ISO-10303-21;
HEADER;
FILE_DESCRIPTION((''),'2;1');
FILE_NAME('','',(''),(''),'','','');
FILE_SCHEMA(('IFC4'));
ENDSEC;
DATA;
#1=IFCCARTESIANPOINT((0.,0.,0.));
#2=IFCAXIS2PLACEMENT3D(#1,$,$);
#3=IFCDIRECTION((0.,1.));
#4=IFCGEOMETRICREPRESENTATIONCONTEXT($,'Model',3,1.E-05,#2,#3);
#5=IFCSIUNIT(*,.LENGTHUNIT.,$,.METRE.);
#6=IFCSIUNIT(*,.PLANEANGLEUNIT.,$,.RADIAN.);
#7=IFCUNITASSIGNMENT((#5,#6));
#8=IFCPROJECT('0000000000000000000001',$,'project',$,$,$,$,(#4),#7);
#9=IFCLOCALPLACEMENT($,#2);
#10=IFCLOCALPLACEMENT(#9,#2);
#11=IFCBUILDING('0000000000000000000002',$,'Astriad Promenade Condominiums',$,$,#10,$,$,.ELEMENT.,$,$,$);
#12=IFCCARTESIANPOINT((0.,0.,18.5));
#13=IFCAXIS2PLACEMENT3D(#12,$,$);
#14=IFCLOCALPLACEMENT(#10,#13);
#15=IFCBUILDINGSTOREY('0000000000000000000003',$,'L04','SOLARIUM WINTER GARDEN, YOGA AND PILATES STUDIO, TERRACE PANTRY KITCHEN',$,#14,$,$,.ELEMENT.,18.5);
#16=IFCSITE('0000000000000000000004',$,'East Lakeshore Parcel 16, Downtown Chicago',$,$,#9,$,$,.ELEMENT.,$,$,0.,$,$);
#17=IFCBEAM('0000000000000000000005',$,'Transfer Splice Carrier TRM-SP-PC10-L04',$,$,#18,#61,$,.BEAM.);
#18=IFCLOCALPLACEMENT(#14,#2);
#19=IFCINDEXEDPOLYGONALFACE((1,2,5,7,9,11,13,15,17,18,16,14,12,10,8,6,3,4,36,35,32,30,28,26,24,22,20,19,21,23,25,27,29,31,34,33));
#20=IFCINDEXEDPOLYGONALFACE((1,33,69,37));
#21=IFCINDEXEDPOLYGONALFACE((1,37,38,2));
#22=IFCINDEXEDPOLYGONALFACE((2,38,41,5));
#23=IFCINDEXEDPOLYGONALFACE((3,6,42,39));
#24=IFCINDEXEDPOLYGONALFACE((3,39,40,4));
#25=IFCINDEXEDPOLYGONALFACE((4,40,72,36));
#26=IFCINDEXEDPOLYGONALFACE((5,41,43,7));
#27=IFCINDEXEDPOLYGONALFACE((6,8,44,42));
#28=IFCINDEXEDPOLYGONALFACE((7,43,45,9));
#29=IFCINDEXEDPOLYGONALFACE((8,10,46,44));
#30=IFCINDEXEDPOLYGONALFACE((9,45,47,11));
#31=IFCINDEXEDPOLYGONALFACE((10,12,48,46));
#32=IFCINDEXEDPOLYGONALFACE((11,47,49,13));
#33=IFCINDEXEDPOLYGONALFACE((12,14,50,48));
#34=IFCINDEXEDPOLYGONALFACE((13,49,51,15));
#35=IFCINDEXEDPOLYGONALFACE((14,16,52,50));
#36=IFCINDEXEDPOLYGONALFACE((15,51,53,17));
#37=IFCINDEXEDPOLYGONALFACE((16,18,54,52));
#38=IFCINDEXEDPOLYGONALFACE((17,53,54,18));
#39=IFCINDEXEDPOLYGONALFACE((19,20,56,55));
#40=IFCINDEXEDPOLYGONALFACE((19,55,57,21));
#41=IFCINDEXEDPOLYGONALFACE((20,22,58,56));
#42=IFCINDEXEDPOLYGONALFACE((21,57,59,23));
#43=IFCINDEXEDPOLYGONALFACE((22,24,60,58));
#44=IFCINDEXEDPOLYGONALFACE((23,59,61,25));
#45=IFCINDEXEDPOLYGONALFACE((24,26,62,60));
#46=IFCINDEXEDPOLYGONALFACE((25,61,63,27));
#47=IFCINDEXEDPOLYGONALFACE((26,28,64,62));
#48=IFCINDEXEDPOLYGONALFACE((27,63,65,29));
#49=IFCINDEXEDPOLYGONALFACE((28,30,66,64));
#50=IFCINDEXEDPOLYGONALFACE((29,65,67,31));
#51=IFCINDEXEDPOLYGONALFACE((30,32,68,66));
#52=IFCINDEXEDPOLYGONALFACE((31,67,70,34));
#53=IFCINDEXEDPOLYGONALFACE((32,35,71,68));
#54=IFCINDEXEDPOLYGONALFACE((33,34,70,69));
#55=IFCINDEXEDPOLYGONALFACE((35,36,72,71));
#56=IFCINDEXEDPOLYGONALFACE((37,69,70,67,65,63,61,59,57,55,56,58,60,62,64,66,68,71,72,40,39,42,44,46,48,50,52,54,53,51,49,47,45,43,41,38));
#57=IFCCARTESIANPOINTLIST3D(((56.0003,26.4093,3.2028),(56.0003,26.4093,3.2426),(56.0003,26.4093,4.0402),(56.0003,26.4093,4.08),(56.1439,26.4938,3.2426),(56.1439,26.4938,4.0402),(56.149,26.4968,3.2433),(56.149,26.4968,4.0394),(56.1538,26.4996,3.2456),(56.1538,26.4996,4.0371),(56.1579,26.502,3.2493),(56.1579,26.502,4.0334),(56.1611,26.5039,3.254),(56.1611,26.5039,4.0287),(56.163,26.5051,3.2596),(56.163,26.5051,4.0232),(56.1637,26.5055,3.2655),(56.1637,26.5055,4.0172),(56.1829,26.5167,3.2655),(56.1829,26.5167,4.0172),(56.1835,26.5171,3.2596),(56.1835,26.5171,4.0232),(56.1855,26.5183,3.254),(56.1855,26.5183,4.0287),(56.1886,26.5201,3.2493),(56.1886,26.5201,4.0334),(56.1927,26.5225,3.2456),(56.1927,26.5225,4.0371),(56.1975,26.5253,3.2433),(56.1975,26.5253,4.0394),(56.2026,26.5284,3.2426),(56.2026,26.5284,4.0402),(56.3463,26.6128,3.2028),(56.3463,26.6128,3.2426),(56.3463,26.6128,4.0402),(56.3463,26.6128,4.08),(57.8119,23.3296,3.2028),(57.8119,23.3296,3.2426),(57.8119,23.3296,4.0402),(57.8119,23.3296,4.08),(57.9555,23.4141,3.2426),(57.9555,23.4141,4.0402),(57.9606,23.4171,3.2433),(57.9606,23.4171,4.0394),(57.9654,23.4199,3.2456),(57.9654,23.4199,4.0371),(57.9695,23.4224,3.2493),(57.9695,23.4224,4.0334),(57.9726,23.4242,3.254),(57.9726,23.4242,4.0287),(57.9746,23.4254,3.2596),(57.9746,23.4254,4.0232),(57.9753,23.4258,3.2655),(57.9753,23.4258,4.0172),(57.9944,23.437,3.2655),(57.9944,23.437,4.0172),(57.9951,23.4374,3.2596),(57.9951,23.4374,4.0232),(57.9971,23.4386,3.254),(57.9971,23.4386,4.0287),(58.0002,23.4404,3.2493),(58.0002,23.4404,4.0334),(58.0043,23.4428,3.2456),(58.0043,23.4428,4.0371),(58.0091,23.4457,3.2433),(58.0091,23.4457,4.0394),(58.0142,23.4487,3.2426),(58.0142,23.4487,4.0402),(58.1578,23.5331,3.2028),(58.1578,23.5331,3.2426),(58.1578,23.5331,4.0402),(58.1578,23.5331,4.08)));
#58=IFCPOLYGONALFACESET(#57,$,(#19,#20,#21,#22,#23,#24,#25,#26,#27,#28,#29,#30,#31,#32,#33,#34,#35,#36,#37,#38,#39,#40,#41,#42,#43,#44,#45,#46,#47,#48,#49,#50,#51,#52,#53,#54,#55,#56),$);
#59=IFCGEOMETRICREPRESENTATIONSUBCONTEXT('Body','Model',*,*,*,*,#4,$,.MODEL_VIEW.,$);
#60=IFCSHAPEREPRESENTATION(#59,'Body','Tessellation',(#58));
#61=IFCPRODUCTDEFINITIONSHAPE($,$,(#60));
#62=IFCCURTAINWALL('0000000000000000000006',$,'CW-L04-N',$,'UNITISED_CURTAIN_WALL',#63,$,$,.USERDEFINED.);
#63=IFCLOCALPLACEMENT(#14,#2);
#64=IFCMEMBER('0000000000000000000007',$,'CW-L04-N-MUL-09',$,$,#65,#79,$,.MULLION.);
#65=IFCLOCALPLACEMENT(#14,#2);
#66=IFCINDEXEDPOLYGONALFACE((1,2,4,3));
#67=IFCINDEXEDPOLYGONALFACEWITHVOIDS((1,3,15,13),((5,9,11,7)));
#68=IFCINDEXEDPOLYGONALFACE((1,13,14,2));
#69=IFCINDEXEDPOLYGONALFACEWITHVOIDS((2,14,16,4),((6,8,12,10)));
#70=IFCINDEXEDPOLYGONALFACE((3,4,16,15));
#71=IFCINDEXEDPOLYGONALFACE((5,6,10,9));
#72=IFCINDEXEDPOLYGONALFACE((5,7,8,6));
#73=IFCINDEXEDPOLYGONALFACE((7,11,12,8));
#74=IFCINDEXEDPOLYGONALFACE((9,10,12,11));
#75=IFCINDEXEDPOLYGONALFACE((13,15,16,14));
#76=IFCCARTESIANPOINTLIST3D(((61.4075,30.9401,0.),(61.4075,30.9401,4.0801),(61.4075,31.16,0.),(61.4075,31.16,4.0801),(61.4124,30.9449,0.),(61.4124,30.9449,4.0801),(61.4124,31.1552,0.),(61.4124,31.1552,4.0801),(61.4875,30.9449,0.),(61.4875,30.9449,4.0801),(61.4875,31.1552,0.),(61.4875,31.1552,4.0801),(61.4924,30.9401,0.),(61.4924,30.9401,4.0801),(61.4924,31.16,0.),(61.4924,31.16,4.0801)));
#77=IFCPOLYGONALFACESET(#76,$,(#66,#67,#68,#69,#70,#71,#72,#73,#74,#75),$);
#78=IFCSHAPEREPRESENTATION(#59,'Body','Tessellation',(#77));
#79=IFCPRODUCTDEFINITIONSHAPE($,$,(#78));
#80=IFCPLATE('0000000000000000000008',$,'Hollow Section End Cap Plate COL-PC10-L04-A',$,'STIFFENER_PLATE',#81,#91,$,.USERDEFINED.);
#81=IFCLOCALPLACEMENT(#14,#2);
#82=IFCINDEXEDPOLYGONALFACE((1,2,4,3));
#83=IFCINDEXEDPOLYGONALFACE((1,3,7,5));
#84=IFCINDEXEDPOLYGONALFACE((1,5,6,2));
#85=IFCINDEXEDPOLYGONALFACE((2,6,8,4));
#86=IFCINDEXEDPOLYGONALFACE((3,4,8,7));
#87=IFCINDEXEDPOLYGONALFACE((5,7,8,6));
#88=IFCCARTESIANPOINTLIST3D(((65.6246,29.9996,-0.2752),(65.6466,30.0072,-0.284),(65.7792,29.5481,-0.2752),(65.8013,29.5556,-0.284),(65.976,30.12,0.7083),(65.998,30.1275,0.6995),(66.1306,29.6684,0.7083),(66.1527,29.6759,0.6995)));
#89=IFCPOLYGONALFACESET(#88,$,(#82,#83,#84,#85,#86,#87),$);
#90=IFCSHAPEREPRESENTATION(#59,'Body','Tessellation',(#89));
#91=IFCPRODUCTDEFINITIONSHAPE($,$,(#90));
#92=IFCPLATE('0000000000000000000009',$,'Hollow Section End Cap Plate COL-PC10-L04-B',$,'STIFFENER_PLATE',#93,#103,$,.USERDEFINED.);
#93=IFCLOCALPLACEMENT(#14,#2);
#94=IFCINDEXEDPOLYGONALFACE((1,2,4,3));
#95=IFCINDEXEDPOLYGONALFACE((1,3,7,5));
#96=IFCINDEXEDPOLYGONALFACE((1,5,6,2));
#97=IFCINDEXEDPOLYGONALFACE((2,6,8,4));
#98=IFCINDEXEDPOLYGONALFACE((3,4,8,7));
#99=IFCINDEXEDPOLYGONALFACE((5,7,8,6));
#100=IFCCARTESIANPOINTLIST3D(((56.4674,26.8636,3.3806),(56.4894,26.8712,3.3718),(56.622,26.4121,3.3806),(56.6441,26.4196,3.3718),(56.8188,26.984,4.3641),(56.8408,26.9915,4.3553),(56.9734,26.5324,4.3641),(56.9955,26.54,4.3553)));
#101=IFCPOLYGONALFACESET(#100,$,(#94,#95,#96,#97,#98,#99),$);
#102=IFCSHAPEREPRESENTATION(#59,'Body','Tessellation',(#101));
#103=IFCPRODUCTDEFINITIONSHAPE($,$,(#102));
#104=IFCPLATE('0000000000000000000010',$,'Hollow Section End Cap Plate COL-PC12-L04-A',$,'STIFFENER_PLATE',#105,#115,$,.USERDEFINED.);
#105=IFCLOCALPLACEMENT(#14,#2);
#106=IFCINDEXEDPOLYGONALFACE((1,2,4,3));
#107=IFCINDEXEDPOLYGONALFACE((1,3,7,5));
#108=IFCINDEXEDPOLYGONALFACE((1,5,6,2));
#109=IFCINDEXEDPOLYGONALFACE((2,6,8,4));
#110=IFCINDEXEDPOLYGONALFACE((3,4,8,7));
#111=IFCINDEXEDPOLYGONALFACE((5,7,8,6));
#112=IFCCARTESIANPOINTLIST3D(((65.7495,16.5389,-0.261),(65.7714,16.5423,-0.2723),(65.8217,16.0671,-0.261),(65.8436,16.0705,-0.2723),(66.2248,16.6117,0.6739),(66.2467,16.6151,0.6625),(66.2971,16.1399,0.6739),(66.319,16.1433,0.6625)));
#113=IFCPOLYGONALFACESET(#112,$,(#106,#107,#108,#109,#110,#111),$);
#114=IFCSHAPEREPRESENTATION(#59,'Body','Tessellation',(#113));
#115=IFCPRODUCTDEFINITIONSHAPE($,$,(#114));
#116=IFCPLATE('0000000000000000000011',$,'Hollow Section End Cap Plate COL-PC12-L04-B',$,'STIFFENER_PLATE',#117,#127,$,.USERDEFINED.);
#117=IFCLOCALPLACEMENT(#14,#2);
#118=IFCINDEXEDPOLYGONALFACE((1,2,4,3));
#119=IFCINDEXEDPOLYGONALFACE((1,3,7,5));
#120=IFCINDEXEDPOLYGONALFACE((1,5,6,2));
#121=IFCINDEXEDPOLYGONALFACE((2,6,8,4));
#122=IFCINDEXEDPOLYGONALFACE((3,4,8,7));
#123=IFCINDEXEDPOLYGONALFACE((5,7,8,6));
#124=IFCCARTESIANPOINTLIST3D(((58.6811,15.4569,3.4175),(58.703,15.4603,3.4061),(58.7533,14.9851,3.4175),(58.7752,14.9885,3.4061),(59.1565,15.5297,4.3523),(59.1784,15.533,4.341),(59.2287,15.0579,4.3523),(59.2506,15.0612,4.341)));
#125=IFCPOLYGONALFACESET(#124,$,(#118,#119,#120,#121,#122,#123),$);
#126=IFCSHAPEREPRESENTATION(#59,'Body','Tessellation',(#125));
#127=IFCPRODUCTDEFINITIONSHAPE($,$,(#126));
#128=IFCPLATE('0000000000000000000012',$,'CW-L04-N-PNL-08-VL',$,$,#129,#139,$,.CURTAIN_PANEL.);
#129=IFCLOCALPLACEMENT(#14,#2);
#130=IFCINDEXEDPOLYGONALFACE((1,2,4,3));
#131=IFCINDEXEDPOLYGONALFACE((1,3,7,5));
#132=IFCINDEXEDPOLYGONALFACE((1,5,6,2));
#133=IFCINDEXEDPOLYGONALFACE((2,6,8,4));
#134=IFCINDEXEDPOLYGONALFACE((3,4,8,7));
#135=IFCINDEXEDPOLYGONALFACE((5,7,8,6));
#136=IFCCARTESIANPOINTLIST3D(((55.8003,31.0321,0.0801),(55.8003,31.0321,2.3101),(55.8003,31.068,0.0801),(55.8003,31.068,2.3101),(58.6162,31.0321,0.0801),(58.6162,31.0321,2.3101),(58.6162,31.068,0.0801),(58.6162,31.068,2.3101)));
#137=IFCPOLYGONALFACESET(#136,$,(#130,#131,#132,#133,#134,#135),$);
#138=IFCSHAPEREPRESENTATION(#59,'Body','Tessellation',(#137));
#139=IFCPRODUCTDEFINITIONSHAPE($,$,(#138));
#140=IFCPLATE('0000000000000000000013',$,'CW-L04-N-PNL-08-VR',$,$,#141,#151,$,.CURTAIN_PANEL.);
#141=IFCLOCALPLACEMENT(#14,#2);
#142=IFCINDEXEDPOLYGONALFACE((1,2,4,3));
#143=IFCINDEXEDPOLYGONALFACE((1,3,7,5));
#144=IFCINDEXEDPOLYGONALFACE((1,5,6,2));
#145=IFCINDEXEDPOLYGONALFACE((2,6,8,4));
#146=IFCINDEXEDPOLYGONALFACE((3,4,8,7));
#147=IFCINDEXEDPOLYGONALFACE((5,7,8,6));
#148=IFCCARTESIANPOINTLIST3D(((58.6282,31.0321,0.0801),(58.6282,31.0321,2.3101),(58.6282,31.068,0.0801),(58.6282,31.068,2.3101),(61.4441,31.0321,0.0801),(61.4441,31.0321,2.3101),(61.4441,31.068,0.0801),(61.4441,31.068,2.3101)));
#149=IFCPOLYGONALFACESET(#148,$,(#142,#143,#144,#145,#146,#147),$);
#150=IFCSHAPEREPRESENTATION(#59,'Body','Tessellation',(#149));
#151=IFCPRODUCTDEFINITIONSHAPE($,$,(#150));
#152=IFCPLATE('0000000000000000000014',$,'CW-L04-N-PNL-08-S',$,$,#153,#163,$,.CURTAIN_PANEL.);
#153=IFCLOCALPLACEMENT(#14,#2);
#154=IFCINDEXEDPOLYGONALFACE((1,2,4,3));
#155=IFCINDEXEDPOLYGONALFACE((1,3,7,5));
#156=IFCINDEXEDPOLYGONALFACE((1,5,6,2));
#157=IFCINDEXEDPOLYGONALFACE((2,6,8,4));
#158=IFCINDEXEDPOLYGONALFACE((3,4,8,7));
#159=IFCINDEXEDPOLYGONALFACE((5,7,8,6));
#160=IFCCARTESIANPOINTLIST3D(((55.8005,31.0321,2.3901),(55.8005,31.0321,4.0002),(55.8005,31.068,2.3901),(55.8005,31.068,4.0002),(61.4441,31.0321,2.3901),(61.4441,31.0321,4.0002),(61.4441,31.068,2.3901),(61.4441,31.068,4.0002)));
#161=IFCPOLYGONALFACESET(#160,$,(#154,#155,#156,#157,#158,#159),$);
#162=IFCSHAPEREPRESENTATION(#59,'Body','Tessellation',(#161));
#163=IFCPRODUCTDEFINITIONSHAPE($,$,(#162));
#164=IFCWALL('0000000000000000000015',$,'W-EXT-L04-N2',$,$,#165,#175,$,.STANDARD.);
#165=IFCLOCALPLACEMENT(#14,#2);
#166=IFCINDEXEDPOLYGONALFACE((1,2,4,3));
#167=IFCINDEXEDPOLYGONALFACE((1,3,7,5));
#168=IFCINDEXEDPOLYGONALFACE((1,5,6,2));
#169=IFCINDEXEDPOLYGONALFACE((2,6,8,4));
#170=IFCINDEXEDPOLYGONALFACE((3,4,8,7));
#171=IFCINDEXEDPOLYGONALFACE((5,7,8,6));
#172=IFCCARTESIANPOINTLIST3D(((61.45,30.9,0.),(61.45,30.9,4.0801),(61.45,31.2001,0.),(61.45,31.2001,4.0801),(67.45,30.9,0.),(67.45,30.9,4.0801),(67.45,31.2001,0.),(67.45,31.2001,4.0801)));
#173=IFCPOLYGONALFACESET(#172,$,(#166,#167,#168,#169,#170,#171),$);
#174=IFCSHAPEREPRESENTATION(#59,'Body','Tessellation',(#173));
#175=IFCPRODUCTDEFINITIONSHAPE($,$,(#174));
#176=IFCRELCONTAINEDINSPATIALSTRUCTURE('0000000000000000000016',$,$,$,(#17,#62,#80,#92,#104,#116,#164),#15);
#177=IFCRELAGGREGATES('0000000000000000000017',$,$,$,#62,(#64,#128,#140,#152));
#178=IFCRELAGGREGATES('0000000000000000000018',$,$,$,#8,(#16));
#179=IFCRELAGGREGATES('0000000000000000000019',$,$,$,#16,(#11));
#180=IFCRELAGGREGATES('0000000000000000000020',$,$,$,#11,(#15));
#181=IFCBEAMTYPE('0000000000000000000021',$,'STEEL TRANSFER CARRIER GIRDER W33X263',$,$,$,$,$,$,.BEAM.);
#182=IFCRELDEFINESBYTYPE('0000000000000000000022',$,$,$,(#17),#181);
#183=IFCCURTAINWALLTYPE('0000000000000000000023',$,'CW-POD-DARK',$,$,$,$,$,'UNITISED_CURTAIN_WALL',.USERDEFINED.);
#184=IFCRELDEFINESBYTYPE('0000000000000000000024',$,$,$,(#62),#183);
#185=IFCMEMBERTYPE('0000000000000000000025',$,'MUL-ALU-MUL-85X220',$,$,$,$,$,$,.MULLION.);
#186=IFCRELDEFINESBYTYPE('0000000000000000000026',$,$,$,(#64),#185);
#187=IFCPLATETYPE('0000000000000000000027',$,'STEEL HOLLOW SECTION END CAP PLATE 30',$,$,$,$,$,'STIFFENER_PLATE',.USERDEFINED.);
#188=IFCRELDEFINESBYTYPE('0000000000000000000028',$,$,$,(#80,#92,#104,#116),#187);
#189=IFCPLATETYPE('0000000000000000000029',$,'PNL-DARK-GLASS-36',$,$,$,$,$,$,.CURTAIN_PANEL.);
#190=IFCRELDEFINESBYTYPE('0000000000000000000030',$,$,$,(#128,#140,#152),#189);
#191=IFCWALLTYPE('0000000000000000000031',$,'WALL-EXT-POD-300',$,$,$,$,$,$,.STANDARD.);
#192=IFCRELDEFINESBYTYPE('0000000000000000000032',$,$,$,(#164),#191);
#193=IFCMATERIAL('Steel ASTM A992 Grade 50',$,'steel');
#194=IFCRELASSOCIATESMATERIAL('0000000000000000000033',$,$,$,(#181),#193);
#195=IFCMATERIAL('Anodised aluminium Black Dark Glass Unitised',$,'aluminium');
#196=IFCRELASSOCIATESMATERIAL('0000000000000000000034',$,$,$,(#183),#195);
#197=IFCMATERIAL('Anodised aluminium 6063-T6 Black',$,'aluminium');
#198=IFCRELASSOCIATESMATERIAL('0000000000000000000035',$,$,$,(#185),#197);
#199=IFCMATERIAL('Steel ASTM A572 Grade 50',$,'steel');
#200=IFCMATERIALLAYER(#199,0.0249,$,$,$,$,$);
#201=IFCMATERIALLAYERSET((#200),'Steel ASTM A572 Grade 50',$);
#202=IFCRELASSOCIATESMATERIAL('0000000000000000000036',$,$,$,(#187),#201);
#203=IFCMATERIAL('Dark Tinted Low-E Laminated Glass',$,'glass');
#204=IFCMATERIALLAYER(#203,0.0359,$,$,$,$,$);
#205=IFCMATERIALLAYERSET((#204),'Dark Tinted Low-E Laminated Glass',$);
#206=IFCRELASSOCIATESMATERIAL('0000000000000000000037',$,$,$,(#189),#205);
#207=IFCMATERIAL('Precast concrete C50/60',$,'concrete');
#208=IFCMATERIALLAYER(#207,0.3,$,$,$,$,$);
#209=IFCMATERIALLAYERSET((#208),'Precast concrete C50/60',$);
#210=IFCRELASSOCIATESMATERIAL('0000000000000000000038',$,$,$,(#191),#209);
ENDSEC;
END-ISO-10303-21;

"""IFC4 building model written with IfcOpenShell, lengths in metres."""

from ifc_helpers import new_model, si_unit, direction, frame, frame_2d, origin, origin_2d, place, context, subcontext, project, spatial, rectangle, hollow_rectangle, i_section, extrude, source, transform, mapped, material, layer, layer_set, material_profile, profile_set, type_object, type_shapes, element, aggregate, save


model = new_model("IFC4")

# Units and contexts
model_context = context("Model", 3, precision=1e-05, world=origin(), true_north=direction((0.0, 1.0)))
body_context = subcontext(model_context, "Body", "Model", "MODEL_VIEW")
ifc_project = project(units=[si_unit("LENGTHUNIT", "METRE"), si_unit("PLANEANGLEUNIT", "RADIAN")], contexts=[model_context])

# Site, building, storey
site_placement = place(None, origin())
site = spatial("IfcSite", under=ifc_project, at=site_placement, Name="East Lakeshore Parcel 16, Downtown Chicago", CompositionType="ELEMENT", RefElevation=0.0)
building_placement = place(site_placement, origin())
building = spatial("IfcBuilding", under=site, at=building_placement, Name="Astriad Promenade Condominiums", CompositionType="ELEMENT")
storey_placement = place(building_placement, frame((0.0, 0.0, 18.5)))
storey = spatial("IfcBuildingStorey", under=building, at=storey_placement, Name="L04", Description="SOLARIUM WINTER GARDEN, YOGA AND PILATES STUDIO, TERRACE PANTRY KITCHEN", CompositionType="ELEMENT", Elevation=18.5)

# Shared definitions
ifc_material_1 = material(Name="Steel ASTM A992 Grade 50", Category="steel")

# Beam
ifc_material_profile_1 = material_profile(ifc_material_1, i_section(OverallWidth=0.4014, OverallDepth=0.8772, WebThickness=0.0222, FlangeThickness=0.0398, FilletRadius=0.0229, at=origin_2d()), Name="W33X263")
ifc_profile_set_1 = profile_set([ifc_material_profile_1], Name="Steel ASTM A992 Grade 50")
beam_type_1 = type_object("IfcBeamType", Name="STEEL TRANSFER CARRIER GIRDER W33X263", PredefinedType="BEAM", material=ifc_profile_set_1)
shared_shape_1 = source(origin(), body_context, "Body", "SweptSolid", [
    extrude(i_section(OverallWidth=0.4014, OverallDepth=0.8772, WebThickness=0.0222, FlangeThickness=0.0398, FilletRadius=0.0229, at=origin_2d()), origin(), (0.0, 0.0, 1.0), 3.573),
])
type_shapes(beam_type_1, [shared_shape_1])
beam_1_placement = place(storey_placement, frame((57.9849, 23.4314, 3.6414), z_axis=(-0.50702, 0.861934, 0.0), x_axis=(-0.861934, -0.50702, 0.0)))
element("IfcBeam", 1, at=beam_1_placement, inside=storey, type_object=beam_type_1, Name="Transfer Splice Carrier TRM-SP-PC10-L04", PredefinedType="BEAM", context=body_context, shape_type="MappedRepresentation", body=[
    mapped(shared_shape_1, transform((0.0, 0.0, 0.0), scale=1.0)),
])

# Curtain wall, member
ifc_material_2 = material(Name="Anodised aluminium Black Dark Glass Unitised", Category="aluminium")
curtain_wall_type = type_object("IfcCurtainWallType", Name="CW-POD-DARK", ElementType="UNITISED_CURTAIN_WALL", PredefinedType="USERDEFINED", material=ifc_material_2)
curtain_wall_placement = place(storey_placement, origin())
curtain_wall = element("IfcCurtainWall", 2, at=curtain_wall_placement, inside=storey, type_object=curtain_wall_type, Name="CW-L04-N", ObjectType="UNITISED_CURTAIN_WALL", PredefinedType="USERDEFINED")
ifc_material_3 = material(Name="Anodised aluminium 6063-T6 Black", Category="aluminium")
ifc_material_profile_2 = material_profile(ifc_material_3, hollow_rectangle(XDim=0.085, YDim=0.22, WallThickness=0.0049, at=origin_2d()), Name="ALU-MUL-85X220")
ifc_profile_set_2 = profile_set([ifc_material_profile_2], Name="Anodised aluminium 6063-T6 Black")
member_type = type_object("IfcMemberType", Name="MUL-ALU-MUL-85X220", PredefinedType="MULLION", material=ifc_profile_set_2)
shared_shape_2 = source(origin(), body_context, "Body", "SweptSolid", [
    extrude(hollow_rectangle(XDim=0.085, YDim=0.22, WallThickness=0.0049, at=origin_2d()), origin(), (0.0, 0.0, 1.0), 4.0801),
])
type_shapes(member_type, [shared_shape_2])
member_placement = place(storey_placement, frame((61.45, 31.05, 0.0), z_axis=(0.0, 0.0, 1.0), x_axis=(1.0, 0.0, 0.0)))
member = element("IfcMember", 3, at=member_placement, type_object=member_type, Name="CW-L04-N-MUL-09", PredefinedType="MULLION", context=body_context, shape_type="MappedRepresentation", body=[
    mapped(shared_shape_2, transform((0.0, 0.0, 0.0), scale=1.0)),
])

# Plates
ifc_material_4 = material(Name="Steel ASTM A572 Grade 50", Category="steel")
ifc_layer_1 = layer(ifc_material_4, 0.0249)
ifc_layer_set_1 = layer_set([ifc_layer_1], Name="Steel ASTM A572 Grade 50")
plate_type_1 = type_object("IfcPlateType", Name="STEEL HOLLOW SECTION END CAP PLATE 30", ElementType="STIFFENER_PLATE", PredefinedType="USERDEFINED", material=ifc_layer_set_1)
shared_shape_3 = source(origin(), body_context, "Body", "SweptSolid", [
    extrude(rectangle(XDim=0.4773, YDim=1.0513, at=origin_2d()), origin(), (0.0, 0.0, 1.0), 0.0249),
])
type_shapes(plate_type_1, [shared_shape_3])
for number, where, z_axis, x_axis, name in (
    (4, (65.8997, 29.8416, 0.2078), (-0.885042, -0.303094, 0.353319), (0.323991, -0.94606, 0.0), "Hollow Section End Cap Plate COL-PC10-L04-A"),
    (5, (56.7424, 26.7056, 3.8635), (-0.885042, -0.303094, 0.353319), (0.323991, -0.94606, 0.0), "Hollow Section End Cap Plate COL-PC10-L04-B"),
    (6, (66.0452, 16.3428, 0.1951), (-0.879002, -0.13455, 0.45744), (0.151309, -0.988487, 0.0), "Hollow Section End Cap Plate COL-PC12-L04-A"),
    (7, (58.9768, 15.2607, 3.8735), (-0.879002, -0.13455, 0.45744), (0.151309, -0.988487, 0.0), "Hollow Section End Cap Plate COL-PC12-L04-B"),
):
    element("IfcPlate", number, at=place(storey_placement, frame(where, z_axis=z_axis, x_axis=x_axis)), inside=storey, type_object=plate_type_1, Name=name, ObjectType="STIFFENER_PLATE", PredefinedType="USERDEFINED", context=body_context, shape_type="MappedRepresentation", body=[
        mapped(shared_shape_3, transform((0.0, 0.0, 0.0), scale=1.0)),
    ])

# Plates
ifc_material_5 = material(Name="Dark Tinted Low-E Laminated Glass", Category="glass")
ifc_layer_2 = layer(ifc_material_5, 0.0359)
ifc_layer_set_2 = layer_set([ifc_layer_2], Name="Dark Tinted Low-E Laminated Glass")
plate_type_2 = type_object("IfcPlateType", Name="PNL-DARK-GLASS-36", PredefinedType="CURTAIN_PANEL", material=ifc_layer_set_2)
shared_shape_4 = source(origin(), body_context, "Body", "SweptSolid", [
    extrude(rectangle(XDim=2.8159, YDim=0.0359, at=origin_2d()), origin(), (0.0, 0.0, 1.0), 2.23),
])
plate_1_placement = place(storey_placement, frame((57.2083, 31.05, 0.0801), z_axis=(0.0, 0.0, 1.0), x_axis=(1.0, 0.0, 0.0)))
plate_1 = element("IfcPlate", 8, at=plate_1_placement, type_object=plate_type_2, Name="CW-L04-N-PNL-08-VL", PredefinedType="CURTAIN_PANEL", context=body_context, shape_type="MappedRepresentation", body=[
    mapped(shared_shape_4, transform((0.0, 0.0, 0.0), scale=1.0)),
])
plate_2_placement = place(storey_placement, frame((60.0361, 31.05, 0.0801), z_axis=(0.0, 0.0, 1.0), x_axis=(1.0, 0.0, 0.0)))
plate_2 = element("IfcPlate", 9, at=plate_2_placement, type_object=plate_type_2, Name="CW-L04-N-PNL-08-VR", PredefinedType="CURTAIN_PANEL", context=body_context, shape_type="MappedRepresentation", body=[
    mapped(shared_shape_4, transform((0.0, 0.0, 0.0), scale=1.0)),
])
shared_shape_5 = source(origin(), body_context, "Body", "SweptSolid", [
    extrude(rectangle(XDim=5.6436, YDim=0.0359, at=origin_2d()), origin(), (0.0, 0.0, 1.0), 1.6101),
])
type_shapes(plate_type_2, [shared_shape_4, shared_shape_5])
plate_3_placement = place(storey_placement, frame((58.6223, 31.05, 2.3901), z_axis=(0.0, 0.0, 1.0), x_axis=(1.0, 0.0, 0.0)))
plate_3 = element("IfcPlate", 10, at=plate_3_placement, type_object=plate_type_2, Name="CW-L04-N-PNL-08-S", PredefinedType="CURTAIN_PANEL", context=body_context, shape_type="MappedRepresentation", body=[
    mapped(shared_shape_5, transform((0.0, 0.0, 0.0), scale=1.0)),
])
aggregate(curtain_wall, [member, plate_1, plate_2, plate_3])

# Wall
ifc_material_6 = material(Name="Precast concrete C50/60", Category="concrete")
ifc_layer_3 = layer(ifc_material_6, 0.3)
ifc_layer_set_3 = layer_set([ifc_layer_3], Name="Precast concrete C50/60")
wall_type_1 = type_object("IfcWallType", Name="WALL-EXT-POD-300", PredefinedType="STANDARD", material=ifc_layer_set_3)
wall_1_placement = place(storey_placement, frame((61.45, 31.05, 0.0), z_axis=(0.0, 0.0, 1.0), x_axis=(1.0, 0.0, 0.0)))
element("IfcWall", 11, at=wall_1_placement, inside=storey, type_object=wall_type_1, Name="W-EXT-L04-N2", PredefinedType="STANDARD", context=body_context, shape_type="SweptSolid", body=[
    extrude(rectangle(XDim=6.0, YDim=0.3, at=frame_2d((3.0, 0.0))), origin(), (0.0, 0.0, 1.0), 4.0801),
])

save(model, "model.ifc")
